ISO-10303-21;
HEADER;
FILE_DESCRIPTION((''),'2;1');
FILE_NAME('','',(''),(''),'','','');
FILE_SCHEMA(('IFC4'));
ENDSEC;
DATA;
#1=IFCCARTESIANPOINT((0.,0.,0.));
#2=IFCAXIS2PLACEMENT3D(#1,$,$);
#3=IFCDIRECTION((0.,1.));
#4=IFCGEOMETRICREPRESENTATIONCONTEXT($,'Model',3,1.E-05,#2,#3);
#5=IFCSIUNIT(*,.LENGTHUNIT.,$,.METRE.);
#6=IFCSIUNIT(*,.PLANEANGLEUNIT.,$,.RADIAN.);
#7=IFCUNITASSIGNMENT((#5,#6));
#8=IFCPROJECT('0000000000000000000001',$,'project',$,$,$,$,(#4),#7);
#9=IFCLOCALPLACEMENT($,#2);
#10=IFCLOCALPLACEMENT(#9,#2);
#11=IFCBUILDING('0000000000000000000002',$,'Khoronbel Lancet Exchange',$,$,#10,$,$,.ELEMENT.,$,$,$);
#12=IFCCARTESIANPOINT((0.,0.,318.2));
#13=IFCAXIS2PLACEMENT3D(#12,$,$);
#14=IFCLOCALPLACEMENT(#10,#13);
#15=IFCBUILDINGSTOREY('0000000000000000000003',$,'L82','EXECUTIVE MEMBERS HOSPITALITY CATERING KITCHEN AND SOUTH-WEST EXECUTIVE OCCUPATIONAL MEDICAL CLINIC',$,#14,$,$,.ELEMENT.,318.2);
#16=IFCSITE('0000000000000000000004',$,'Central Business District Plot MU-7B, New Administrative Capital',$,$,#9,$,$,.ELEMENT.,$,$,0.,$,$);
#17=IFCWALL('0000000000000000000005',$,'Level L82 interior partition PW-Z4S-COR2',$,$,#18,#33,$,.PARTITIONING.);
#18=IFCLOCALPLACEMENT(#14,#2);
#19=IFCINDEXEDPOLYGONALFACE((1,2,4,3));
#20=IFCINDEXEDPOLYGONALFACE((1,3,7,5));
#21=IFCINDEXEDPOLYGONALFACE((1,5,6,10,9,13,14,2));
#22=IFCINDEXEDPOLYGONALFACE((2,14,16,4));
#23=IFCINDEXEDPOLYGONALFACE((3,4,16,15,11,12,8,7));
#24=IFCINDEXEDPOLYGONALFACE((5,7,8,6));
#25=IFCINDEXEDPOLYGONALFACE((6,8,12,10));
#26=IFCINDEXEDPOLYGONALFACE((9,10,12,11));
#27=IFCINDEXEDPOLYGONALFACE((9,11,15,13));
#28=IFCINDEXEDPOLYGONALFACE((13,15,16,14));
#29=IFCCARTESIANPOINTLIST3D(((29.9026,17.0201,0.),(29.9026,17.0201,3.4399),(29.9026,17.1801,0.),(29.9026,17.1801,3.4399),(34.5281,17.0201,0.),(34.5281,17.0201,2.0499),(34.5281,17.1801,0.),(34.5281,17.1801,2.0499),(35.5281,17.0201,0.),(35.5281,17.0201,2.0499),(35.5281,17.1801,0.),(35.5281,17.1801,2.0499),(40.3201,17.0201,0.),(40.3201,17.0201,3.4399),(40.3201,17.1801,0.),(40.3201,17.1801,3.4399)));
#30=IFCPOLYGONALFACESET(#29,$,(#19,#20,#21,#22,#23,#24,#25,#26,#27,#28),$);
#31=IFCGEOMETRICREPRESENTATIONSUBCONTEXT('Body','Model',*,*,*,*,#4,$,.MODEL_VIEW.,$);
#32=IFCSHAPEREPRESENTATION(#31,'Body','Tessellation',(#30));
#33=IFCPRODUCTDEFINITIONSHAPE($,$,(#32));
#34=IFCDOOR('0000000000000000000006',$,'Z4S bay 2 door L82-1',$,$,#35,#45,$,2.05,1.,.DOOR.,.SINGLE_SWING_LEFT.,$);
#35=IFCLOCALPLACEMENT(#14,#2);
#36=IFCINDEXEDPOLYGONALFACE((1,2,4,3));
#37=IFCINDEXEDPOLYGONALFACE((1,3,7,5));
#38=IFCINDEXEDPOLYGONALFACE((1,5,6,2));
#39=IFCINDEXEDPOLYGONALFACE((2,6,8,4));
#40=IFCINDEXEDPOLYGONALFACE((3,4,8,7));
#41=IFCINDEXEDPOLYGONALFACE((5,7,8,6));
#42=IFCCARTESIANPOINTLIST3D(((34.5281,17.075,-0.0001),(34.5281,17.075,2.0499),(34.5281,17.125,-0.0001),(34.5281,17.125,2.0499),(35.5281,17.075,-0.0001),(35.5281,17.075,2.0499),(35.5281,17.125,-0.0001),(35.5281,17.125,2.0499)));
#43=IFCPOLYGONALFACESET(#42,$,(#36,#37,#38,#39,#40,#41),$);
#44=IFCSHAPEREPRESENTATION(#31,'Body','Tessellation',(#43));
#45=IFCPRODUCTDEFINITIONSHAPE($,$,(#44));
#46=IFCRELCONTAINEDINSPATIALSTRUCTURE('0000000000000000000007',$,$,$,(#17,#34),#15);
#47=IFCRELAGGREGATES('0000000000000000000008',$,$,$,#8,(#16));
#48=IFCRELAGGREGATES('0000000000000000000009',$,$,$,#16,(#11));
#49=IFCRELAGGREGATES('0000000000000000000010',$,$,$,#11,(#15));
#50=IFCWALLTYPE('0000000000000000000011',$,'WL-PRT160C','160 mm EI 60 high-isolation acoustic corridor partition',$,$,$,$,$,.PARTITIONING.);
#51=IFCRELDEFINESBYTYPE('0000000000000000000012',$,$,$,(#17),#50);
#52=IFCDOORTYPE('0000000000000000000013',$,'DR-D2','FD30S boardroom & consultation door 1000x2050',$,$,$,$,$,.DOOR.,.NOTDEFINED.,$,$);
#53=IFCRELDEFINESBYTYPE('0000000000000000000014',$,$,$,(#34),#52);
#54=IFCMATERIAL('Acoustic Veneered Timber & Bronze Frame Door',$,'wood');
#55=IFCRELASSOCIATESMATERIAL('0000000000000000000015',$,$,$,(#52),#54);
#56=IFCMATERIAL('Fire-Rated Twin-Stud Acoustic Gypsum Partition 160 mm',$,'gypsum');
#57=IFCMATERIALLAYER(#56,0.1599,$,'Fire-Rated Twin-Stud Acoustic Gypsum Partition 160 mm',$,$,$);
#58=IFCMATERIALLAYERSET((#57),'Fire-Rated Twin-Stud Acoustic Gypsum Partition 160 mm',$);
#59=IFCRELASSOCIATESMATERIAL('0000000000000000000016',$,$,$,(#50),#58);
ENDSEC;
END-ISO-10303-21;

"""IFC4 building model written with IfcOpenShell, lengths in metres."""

from ifc_helpers import new_model, si_unit, direction, frame, frame_2d, origin, place, context, subcontext, project, spatial, rectangle, extrude, material, layer, layer_set, type_object, element, fill, save


model = new_model("IFC4")

# Units and contexts
model_context = context("Model", 3, precision=1e-05, world=origin(), true_north=direction((0.0, 1.0)))
body_context = subcontext(model_context, "Body", "Model", "MODEL_VIEW")
ifc_project = project(units=[si_unit("LENGTHUNIT", "METRE"), si_unit("PLANEANGLEUNIT", "RADIAN")], contexts=[model_context])

# Site, building, storey
site_placement = place(None, origin())
site = spatial("IfcSite", under=ifc_project, at=site_placement, Name="Central Business District Plot MU-7B, New Administrative Capital", CompositionType="ELEMENT", RefElevation=0.0)
building_placement = place(site_placement, origin())
building = spatial("IfcBuilding", under=site, at=building_placement, Name="Khoronbel Lancet Exchange", CompositionType="ELEMENT")
storey_placement = place(building_placement, frame((0.0, 0.0, 318.2)))
storey = spatial("IfcBuildingStorey", under=building, at=storey_placement, Name="L82", Description="EXECUTIVE MEMBERS HOSPITALITY CATERING KITCHEN AND SOUTH-WEST EXECUTIVE OCCUPATIONAL MEDICAL CLINIC", CompositionType="ELEMENT", Elevation=318.2)

# Shared definitions
ifc_material_1 = material(Name="Acoustic Veneered Timber & Bronze Frame Door", Category="wood")
door_type_1 = type_object("IfcDoorType", Name="DR-D2", Description="FD30S boardroom & consultation door 1000x2050", OperationType="NOTDEFINED", PredefinedType="DOOR", material=ifc_material_1)

# Wall, opening, door
ifc_material_2 = material(Name="Fire-Rated Twin-Stud Acoustic Gypsum Partition 160 mm", Category="gypsum")
ifc_layer_1 = layer(ifc_material_2, 0.1599, Name="Fire-Rated Twin-Stud Acoustic Gypsum Partition 160 mm")
ifc_layer_set_1 = layer_set([ifc_layer_1], Name="Fire-Rated Twin-Stud Acoustic Gypsum Partition 160 mm")
wall_type_1 = type_object("IfcWallType", Name="WL-PRT160C", Description="160 mm EI 60 high-isolation acoustic corridor partition", PredefinedType="PARTITIONING", material=ifc_layer_set_1)
wall_1_placement = place(storey_placement, frame((29.9026, 17.1001, 0.0), z_axis=(0.0, 0.0, 1.0), x_axis=(1.0, 0.0, 0.0)))
wall_1 = element("IfcWall", 1, at=wall_1_placement, inside=storey, type_object=wall_type_1, Name="Level L82 interior partition PW-Z4S-COR2", PredefinedType="PARTITIONING", context=body_context, shape_type="SweptSolid", body=[
    extrude(rectangle(XDim=10.4175, YDim=0.1599, at=frame_2d((5.2087, 0.0))), origin(), (0.0, 0.0, 1.0), 3.4399),
])
opening_1_placement = place(wall_1_placement, frame((4.6255, 0.0, 0.0)))
opening_1 = element("IfcOpeningElement", 2, at=opening_1_placement, cuts=wall_1, PredefinedType="OPENING", context=body_context, shape_type="SweptSolid", body=[
    extrude(rectangle(XDim=1.0, YDim=2.05, at=frame_2d((0.5, 1.0249))), frame((0.0, 0.0898, 0.0), z_axis=(0.0, -1.0, 0.0), x_axis=(1.0, 0.0, 0.0)), (0.0, 0.0, 1.0), 0.1799),
])
door_1_placement = place(opening_1_placement, origin())
door_1 = element("IfcDoor", 3, at=door_1_placement, inside=storey, type_object=door_type_1, Name="Z4S bay 2 door L82-1", OperationType="SINGLE_SWING_LEFT", OverallHeight=2.05, OverallWidth=1.0, PredefinedType="DOOR", context=body_context, shape_type="SweptSolid", body=[
    extrude(rectangle(XDim=1.0, YDim=2.05, at=frame_2d((0.5, 1.0249))), frame((0.0, 0.0249, 0.0), z_axis=(0.0, -1.0, 0.0), x_axis=(1.0, 0.0, 0.0)), (0.0, 0.0, 1.0), 0.05),
])
fill(opening_1, door_1)

save(model, "model.ifc")
